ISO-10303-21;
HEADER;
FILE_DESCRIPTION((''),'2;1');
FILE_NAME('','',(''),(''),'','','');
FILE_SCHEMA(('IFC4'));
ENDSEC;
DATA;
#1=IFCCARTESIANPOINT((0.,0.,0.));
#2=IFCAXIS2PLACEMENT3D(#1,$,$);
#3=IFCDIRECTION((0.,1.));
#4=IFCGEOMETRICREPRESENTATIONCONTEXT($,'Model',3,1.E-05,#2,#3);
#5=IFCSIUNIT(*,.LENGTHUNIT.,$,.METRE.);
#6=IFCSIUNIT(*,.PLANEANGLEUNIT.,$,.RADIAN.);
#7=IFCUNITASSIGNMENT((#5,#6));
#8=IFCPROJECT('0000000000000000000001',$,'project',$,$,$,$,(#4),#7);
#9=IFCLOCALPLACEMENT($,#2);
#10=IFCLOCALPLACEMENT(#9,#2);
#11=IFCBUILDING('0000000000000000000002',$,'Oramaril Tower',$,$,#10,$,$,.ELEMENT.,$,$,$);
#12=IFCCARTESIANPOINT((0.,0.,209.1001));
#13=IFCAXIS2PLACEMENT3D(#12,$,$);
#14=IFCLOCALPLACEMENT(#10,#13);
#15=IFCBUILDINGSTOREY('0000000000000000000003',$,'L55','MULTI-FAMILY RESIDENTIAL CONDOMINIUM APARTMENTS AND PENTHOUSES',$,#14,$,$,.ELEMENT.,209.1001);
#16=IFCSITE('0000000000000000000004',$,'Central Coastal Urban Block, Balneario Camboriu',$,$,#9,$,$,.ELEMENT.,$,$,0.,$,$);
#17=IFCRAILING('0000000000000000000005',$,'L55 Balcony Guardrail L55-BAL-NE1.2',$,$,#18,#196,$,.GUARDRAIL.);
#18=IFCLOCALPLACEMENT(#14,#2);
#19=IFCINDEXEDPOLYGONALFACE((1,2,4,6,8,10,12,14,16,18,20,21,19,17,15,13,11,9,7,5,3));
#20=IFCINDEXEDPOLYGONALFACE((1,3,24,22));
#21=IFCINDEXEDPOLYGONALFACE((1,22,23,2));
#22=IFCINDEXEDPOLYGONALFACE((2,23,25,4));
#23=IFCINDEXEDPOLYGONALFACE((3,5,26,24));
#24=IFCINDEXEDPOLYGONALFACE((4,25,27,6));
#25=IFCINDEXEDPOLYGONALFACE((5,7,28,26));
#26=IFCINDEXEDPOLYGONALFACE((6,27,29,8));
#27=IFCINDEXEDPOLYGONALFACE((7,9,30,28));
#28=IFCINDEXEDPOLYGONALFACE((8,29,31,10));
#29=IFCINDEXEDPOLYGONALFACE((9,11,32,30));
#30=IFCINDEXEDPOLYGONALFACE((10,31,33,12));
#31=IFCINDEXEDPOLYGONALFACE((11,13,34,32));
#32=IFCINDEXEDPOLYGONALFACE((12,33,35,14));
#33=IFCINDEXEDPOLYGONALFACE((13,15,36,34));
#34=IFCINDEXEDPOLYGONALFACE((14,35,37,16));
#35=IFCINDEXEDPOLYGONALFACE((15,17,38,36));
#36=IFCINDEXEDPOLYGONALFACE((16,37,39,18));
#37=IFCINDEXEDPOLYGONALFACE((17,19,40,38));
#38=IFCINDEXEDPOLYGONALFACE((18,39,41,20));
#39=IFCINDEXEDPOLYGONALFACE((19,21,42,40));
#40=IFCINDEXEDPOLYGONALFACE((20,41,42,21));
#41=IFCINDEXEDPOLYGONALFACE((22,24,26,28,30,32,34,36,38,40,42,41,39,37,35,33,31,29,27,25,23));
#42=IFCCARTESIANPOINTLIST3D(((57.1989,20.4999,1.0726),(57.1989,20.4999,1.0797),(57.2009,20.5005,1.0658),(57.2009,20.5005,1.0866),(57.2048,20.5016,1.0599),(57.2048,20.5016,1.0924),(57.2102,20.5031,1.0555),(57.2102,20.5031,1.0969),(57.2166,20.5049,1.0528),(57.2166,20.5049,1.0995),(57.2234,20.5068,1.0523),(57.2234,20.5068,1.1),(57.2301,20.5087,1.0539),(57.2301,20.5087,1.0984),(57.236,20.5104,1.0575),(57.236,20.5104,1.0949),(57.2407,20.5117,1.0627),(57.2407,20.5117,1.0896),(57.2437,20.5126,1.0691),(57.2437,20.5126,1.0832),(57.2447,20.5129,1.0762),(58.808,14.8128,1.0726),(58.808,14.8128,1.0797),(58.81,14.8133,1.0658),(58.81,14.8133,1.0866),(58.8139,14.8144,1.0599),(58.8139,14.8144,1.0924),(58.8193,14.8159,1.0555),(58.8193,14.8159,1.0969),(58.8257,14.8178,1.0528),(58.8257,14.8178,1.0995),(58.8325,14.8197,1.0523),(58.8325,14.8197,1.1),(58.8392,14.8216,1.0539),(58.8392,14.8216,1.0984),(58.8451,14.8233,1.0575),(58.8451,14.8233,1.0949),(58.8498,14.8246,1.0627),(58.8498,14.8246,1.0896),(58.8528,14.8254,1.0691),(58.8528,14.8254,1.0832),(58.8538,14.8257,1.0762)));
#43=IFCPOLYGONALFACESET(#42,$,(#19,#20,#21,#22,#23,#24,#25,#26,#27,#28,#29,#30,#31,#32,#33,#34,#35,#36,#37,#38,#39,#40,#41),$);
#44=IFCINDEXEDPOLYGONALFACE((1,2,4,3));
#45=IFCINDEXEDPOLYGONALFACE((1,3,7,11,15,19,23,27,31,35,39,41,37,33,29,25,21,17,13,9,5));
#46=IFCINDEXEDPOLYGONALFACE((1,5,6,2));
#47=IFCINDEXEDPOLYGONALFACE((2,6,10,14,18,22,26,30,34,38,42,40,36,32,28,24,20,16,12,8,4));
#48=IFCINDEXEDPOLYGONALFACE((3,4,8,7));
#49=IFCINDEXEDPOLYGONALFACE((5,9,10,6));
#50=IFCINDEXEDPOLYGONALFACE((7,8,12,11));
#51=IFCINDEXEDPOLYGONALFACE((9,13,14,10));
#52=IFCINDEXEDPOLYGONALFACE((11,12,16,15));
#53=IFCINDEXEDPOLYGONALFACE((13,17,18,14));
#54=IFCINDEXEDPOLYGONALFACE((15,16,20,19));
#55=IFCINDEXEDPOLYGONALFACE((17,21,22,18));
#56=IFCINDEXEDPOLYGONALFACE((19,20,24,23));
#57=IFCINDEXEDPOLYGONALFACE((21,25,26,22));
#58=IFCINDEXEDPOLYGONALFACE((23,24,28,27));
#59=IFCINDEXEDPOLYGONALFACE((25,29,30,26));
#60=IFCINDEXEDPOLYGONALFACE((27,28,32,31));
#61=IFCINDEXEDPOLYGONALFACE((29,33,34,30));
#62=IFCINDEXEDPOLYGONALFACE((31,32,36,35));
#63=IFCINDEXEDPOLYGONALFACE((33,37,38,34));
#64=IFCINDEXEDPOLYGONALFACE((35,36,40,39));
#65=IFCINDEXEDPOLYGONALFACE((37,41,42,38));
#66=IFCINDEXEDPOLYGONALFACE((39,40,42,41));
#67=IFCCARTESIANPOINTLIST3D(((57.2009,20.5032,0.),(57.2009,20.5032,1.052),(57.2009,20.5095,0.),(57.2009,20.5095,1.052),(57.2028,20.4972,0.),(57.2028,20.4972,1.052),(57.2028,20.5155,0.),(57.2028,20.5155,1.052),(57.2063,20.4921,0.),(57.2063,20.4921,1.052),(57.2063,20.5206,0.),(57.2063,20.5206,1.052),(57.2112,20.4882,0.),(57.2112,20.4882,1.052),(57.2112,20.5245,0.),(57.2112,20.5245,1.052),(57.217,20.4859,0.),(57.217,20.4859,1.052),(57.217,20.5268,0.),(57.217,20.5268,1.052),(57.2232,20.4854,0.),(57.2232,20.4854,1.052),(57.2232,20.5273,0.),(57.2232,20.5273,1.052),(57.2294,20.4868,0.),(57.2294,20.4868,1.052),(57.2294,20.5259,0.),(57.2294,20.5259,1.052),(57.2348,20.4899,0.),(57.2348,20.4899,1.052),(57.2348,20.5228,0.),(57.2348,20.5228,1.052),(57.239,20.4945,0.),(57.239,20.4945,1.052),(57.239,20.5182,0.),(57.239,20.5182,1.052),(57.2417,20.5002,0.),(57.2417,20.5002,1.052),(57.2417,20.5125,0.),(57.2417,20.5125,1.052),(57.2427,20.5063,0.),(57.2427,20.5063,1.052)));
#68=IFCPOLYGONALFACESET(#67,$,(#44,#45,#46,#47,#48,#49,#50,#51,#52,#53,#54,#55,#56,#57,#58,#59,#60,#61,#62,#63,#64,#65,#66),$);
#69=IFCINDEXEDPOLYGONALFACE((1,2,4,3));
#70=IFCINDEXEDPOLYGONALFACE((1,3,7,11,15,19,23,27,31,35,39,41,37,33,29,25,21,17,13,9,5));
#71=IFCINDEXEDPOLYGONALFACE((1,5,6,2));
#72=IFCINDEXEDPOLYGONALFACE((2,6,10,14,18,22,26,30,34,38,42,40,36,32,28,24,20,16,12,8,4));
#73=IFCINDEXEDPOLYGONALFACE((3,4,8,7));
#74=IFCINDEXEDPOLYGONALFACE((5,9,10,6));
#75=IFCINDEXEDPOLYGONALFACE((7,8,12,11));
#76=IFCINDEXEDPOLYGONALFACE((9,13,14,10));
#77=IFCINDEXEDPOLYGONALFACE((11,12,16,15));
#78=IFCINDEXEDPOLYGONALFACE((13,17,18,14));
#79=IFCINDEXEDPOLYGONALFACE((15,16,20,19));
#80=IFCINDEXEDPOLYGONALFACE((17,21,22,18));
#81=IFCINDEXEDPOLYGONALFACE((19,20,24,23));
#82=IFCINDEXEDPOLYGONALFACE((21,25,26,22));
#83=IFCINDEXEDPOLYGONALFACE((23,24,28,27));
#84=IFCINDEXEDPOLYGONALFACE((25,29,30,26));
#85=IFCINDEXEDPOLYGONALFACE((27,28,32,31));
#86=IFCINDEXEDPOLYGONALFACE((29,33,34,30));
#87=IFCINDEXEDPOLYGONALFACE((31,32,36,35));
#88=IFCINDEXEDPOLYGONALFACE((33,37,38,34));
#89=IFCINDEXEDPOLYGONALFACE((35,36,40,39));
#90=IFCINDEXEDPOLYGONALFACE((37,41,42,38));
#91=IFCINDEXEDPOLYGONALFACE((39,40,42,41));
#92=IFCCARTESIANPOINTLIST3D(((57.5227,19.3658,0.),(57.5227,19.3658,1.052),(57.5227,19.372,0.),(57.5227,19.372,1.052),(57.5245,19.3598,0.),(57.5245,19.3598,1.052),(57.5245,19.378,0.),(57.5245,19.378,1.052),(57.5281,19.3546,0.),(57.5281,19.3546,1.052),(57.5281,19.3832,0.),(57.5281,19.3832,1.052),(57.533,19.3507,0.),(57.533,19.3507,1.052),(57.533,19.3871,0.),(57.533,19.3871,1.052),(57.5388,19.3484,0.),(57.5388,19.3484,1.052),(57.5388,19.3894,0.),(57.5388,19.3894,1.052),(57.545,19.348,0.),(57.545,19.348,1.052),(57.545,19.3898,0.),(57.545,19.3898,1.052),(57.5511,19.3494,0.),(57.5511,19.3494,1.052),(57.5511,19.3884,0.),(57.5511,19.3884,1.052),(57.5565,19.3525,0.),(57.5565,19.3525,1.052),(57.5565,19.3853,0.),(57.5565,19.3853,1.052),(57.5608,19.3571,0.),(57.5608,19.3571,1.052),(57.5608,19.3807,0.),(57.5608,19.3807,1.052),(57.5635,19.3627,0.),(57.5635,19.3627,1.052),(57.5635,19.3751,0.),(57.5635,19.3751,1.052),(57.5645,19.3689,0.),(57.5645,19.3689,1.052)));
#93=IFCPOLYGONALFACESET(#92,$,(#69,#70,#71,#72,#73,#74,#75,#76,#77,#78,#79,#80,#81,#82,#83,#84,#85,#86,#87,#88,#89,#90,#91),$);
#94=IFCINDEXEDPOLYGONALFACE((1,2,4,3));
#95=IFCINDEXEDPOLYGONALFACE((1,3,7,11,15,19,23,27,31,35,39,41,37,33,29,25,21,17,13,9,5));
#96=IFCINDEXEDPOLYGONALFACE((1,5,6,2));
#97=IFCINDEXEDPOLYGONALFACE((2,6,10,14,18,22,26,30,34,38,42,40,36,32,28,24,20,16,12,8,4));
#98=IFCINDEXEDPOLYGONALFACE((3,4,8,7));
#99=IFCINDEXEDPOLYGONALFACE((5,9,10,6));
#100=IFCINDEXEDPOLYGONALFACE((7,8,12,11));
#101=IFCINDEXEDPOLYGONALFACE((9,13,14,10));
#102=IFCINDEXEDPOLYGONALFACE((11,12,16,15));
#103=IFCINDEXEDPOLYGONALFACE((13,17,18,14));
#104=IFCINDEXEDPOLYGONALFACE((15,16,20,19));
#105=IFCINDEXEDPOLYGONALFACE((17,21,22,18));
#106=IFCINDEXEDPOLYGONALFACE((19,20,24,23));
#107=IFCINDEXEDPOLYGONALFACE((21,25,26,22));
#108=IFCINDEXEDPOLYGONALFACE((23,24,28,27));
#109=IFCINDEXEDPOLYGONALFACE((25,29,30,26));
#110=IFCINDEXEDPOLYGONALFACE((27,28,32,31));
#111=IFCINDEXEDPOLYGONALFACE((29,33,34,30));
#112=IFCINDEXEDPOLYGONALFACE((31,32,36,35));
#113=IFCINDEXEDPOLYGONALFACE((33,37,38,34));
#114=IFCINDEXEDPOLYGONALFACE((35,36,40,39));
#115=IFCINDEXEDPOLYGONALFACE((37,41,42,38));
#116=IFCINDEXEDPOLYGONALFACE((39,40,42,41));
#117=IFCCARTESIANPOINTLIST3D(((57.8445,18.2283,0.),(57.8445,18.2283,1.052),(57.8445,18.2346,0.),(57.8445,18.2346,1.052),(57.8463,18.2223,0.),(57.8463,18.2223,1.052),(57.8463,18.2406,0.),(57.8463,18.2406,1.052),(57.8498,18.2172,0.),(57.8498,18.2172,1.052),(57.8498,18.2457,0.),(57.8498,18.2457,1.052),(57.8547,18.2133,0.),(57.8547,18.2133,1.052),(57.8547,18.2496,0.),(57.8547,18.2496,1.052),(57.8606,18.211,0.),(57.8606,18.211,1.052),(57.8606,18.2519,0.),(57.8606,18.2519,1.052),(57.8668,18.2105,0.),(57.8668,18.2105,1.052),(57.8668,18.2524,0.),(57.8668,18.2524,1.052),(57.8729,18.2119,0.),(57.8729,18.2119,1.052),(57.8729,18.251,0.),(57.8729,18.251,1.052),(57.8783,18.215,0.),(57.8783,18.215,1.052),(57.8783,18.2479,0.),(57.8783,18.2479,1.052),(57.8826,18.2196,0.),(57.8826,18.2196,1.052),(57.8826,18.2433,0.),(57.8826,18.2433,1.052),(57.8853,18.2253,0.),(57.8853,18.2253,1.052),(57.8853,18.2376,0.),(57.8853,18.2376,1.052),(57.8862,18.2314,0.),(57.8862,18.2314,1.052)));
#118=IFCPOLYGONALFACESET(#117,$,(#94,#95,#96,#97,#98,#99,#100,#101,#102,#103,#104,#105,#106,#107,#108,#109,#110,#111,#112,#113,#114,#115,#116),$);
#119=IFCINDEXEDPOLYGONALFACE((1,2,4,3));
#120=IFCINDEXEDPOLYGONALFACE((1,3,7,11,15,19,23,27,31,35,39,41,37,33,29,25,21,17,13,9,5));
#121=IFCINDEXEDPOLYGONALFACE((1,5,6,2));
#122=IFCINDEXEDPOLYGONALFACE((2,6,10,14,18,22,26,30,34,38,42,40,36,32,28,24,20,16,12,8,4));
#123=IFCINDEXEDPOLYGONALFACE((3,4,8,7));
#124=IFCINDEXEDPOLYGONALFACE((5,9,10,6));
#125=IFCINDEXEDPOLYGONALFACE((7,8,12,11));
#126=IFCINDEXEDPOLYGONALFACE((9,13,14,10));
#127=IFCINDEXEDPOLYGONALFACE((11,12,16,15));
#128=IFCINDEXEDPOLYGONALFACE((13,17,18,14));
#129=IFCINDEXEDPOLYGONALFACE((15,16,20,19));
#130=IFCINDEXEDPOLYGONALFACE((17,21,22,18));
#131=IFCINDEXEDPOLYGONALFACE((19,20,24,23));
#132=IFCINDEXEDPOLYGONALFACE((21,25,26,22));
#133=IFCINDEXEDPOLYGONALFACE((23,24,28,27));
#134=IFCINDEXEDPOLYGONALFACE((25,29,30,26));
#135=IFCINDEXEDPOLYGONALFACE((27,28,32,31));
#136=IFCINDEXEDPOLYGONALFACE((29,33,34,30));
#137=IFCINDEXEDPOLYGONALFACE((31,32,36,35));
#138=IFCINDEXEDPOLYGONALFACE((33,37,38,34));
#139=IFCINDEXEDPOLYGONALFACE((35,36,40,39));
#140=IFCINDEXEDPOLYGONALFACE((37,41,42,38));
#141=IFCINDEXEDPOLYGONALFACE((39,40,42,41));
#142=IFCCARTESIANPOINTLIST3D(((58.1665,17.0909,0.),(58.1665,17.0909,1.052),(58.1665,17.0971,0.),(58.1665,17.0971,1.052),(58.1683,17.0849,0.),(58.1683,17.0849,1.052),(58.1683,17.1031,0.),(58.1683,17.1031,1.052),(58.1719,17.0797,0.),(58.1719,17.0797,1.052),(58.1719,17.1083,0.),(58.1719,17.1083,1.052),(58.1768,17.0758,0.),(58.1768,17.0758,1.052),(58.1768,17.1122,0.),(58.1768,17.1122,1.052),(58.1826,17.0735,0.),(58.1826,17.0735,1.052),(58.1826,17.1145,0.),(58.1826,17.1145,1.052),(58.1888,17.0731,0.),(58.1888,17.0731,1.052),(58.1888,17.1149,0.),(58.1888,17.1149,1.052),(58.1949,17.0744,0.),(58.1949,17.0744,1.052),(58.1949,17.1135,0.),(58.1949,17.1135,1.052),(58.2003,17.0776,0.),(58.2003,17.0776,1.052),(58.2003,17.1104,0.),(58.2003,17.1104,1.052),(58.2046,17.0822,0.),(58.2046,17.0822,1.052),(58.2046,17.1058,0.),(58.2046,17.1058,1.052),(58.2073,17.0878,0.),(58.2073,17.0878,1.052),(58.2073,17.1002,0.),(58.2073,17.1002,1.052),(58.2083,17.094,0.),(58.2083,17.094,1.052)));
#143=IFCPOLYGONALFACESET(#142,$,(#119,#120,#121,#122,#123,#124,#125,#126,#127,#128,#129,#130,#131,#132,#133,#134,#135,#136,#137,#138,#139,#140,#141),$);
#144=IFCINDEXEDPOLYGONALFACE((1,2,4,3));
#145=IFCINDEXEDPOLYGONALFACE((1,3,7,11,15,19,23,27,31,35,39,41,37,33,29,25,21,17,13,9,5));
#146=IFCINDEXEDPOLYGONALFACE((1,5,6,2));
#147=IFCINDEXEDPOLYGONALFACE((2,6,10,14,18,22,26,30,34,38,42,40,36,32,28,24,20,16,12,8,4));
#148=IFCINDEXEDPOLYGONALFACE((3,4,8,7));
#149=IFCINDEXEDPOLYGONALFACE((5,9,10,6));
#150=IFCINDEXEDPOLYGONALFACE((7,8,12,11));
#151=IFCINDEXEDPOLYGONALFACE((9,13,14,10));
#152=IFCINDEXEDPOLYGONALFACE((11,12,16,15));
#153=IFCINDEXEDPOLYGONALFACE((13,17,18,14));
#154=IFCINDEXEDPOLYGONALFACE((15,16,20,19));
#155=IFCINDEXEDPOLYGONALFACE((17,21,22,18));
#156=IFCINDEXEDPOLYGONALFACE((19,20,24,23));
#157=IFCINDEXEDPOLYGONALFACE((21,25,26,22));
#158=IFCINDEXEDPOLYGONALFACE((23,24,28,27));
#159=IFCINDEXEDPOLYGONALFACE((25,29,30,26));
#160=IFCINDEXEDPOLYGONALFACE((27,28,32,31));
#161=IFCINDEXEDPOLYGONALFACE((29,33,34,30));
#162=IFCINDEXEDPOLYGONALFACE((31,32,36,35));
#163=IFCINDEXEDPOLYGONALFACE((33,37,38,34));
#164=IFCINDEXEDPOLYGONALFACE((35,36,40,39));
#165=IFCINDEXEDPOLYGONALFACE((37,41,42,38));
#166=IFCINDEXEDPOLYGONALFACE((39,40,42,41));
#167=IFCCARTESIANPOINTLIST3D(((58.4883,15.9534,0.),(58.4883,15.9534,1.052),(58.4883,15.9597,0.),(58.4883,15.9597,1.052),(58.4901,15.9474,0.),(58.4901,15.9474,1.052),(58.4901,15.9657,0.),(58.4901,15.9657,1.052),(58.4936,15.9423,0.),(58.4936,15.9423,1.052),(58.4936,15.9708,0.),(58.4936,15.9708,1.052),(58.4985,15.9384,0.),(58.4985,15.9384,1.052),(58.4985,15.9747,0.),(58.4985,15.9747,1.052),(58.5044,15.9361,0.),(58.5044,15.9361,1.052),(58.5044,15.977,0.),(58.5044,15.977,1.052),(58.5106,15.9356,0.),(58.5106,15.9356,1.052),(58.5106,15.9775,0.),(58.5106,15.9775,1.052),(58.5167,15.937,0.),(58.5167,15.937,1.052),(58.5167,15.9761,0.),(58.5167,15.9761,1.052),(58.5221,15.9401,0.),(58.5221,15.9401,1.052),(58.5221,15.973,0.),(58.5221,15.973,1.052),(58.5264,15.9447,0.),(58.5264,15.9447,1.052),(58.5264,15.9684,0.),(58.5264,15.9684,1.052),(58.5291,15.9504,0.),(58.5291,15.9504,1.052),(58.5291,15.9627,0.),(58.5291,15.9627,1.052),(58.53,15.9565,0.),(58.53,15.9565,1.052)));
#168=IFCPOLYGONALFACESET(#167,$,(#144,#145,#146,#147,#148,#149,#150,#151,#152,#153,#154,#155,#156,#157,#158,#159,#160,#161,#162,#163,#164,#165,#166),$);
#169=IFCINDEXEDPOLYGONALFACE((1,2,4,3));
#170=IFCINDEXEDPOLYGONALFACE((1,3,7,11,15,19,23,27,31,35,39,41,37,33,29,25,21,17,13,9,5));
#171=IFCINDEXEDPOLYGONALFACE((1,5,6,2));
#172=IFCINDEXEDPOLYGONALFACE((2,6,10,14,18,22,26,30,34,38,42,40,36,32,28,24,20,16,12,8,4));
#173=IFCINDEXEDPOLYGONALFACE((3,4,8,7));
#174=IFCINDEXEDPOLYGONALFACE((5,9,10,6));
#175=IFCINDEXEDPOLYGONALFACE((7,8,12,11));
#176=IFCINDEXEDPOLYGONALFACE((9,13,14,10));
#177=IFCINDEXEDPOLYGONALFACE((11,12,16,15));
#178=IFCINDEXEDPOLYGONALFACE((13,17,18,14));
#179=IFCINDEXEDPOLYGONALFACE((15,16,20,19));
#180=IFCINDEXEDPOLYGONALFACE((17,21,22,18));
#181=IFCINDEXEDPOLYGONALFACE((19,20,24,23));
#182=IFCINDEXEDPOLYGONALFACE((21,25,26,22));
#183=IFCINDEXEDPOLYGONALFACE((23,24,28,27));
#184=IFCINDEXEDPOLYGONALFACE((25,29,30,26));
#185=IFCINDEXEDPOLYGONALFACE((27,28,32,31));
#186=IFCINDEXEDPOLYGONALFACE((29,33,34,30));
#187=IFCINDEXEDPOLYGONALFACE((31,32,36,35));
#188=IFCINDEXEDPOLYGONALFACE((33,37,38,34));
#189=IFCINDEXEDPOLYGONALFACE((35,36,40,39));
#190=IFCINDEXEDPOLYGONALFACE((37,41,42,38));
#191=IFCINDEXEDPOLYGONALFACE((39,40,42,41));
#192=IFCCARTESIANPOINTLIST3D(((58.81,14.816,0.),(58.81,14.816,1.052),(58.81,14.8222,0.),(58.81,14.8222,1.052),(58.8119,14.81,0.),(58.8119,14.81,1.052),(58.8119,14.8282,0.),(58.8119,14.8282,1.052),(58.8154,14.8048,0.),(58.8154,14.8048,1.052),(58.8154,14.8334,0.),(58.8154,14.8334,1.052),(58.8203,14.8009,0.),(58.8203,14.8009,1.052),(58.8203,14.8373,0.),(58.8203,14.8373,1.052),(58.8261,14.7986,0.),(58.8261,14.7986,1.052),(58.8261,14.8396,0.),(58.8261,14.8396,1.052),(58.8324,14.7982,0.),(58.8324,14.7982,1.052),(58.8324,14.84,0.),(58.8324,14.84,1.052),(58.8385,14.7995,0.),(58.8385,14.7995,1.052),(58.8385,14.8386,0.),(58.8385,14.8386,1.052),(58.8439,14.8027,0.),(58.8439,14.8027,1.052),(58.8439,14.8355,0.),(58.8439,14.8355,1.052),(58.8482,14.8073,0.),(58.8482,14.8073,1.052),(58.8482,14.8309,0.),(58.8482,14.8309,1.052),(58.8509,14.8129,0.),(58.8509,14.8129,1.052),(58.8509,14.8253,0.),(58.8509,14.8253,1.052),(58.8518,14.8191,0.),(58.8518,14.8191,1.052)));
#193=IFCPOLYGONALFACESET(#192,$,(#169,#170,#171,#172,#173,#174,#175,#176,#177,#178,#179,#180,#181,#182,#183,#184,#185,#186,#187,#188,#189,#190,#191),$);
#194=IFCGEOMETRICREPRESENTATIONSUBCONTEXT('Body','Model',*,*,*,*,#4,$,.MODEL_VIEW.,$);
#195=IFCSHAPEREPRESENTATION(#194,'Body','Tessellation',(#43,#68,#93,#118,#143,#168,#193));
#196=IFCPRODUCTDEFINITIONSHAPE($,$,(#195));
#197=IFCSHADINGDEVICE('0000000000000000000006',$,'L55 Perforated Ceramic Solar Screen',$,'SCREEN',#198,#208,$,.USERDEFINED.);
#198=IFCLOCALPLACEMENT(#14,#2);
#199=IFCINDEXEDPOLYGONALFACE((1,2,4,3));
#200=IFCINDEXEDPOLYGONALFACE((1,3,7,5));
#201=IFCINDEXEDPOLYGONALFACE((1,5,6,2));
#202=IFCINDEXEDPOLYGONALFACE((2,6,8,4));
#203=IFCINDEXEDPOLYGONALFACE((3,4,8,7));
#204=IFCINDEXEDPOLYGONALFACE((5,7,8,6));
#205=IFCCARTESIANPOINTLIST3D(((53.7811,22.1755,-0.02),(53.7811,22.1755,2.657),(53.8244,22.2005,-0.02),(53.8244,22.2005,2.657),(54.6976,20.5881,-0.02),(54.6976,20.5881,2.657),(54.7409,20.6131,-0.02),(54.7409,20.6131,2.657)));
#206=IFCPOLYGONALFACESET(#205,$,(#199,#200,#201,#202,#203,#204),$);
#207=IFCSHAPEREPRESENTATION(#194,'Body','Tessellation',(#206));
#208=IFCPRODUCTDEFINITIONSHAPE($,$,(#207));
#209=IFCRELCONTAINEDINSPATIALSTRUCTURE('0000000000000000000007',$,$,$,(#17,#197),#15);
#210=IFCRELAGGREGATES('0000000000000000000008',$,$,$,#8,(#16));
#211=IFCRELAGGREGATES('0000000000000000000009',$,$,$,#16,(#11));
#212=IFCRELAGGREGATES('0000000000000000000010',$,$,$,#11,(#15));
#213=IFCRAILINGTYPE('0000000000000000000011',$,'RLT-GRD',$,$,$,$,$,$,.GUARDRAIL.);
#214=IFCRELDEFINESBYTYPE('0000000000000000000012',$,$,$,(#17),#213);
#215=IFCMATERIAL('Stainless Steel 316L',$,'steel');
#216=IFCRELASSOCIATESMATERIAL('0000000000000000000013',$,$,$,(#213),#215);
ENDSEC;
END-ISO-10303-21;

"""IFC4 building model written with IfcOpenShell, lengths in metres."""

from ifc_helpers import new_model, si_unit, direction, frame, origin, origin_2d, place, context, subcontext, project, spatial, rectangle, circle, extrude, material, type_object, element, save


model = new_model("IFC4")

# Units and contexts
model_context = context("Model", 3, precision=1e-05, world=origin(), true_north=direction((0.0, 1.0)))
body_context = subcontext(model_context, "Body", "Model", "MODEL_VIEW")
ifc_project = project(units=[si_unit("LENGTHUNIT", "METRE"), si_unit("PLANEANGLEUNIT", "RADIAN")], contexts=[model_context])

# Site, building, storey
site_placement = place(None, origin())
site = spatial("IfcSite", under=ifc_project, at=site_placement, Name="Central Coastal Urban Block, Balneario Camboriu", CompositionType="ELEMENT", RefElevation=0.0)
building_placement = place(site_placement, origin())
building = spatial("IfcBuilding", under=site, at=building_placement, Name="Oramaril Tower", CompositionType="ELEMENT")
storey_placement = place(building_placement, frame((0.0, 0.0, 209.1001)))
storey = spatial("IfcBuildingStorey", under=building, at=storey_placement, Name="L55", Description="MULTI-FAMILY RESIDENTIAL CONDOMINIUM APARTMENTS AND PENTHOUSES", CompositionType="ELEMENT", Elevation=209.1001)

# Railing
ifc_material_1 = material(Name="Stainless Steel 316L", Category="steel")
railing_type = type_object("IfcRailingType", Name="RLT-GRD", PredefinedType="GUARDRAIL", material=ifc_material_1)
railing_1_placement = place(storey_placement, frame((57.2217, 20.5063, 0.0)))
element("IfcRailing", 1, at=railing_1_placement, inside=storey, type_object=railing_type, Name="L55 Balcony Guardrail L55-BAL-NE1.2", PredefinedType="GUARDRAIL", context=body_context, shape_type="SweptSolid", body=[
    extrude(circle(Radius=0.0239, at=origin_2d()), frame((0.0, 0.0, 1.0762), z_axis=(0.272249, -0.962227, 0.0), x_axis=(0.962227, 0.272249, 0.0)), (0.0, 0.0, 1.0), 5.9104),
    extrude(circle(Radius=0.021, at=origin_2d()), origin(), (0.0, 0.0, 1.0), 1.052),
    extrude(circle(Radius=0.021, at=origin_2d()), frame((0.3218, -1.1375, 0.0)), (0.0, 0.0, 1.0), 1.052),
    extrude(circle(Radius=0.021, at=origin_2d()), frame((0.6436, -2.2749, 0.0)), (0.0, 0.0, 1.0), 1.052),
    extrude(circle(Radius=0.021, at=origin_2d()), frame((0.9656, -3.4124, 0.0)), (0.0, 0.0, 1.0), 1.052),
    extrude(circle(Radius=0.021, at=origin_2d()), frame((1.2874, -4.5498, 0.0)), (0.0, 0.0, 1.0), 1.052),
    extrude(circle(Radius=0.021, at=origin_2d()), frame((1.6091, -5.6873, 0.0)), (0.0, 0.0, 1.0), 1.052),
])

# Shading device
shading_device_placement = place(storey_placement, frame((54.261, 21.3943, -0.02), z_axis=(0.0, 0.0, 1.0), x_axis=(-0.500002, 0.866025, 0.0)))
element("IfcShadingDevice", 2, at=shading_device_placement, inside=storey, Name="L55 Perforated Ceramic Solar Screen", ObjectType="SCREEN", PredefinedType="USERDEFINED", context=body_context, shape_type="SweptSolid", body=[
    extrude(rectangle(XDim=1.833, YDim=0.05, at=origin_2d()), origin(), (0.0, 0.0, 1.0), 2.677),
])

save(model, "model.ifc")
